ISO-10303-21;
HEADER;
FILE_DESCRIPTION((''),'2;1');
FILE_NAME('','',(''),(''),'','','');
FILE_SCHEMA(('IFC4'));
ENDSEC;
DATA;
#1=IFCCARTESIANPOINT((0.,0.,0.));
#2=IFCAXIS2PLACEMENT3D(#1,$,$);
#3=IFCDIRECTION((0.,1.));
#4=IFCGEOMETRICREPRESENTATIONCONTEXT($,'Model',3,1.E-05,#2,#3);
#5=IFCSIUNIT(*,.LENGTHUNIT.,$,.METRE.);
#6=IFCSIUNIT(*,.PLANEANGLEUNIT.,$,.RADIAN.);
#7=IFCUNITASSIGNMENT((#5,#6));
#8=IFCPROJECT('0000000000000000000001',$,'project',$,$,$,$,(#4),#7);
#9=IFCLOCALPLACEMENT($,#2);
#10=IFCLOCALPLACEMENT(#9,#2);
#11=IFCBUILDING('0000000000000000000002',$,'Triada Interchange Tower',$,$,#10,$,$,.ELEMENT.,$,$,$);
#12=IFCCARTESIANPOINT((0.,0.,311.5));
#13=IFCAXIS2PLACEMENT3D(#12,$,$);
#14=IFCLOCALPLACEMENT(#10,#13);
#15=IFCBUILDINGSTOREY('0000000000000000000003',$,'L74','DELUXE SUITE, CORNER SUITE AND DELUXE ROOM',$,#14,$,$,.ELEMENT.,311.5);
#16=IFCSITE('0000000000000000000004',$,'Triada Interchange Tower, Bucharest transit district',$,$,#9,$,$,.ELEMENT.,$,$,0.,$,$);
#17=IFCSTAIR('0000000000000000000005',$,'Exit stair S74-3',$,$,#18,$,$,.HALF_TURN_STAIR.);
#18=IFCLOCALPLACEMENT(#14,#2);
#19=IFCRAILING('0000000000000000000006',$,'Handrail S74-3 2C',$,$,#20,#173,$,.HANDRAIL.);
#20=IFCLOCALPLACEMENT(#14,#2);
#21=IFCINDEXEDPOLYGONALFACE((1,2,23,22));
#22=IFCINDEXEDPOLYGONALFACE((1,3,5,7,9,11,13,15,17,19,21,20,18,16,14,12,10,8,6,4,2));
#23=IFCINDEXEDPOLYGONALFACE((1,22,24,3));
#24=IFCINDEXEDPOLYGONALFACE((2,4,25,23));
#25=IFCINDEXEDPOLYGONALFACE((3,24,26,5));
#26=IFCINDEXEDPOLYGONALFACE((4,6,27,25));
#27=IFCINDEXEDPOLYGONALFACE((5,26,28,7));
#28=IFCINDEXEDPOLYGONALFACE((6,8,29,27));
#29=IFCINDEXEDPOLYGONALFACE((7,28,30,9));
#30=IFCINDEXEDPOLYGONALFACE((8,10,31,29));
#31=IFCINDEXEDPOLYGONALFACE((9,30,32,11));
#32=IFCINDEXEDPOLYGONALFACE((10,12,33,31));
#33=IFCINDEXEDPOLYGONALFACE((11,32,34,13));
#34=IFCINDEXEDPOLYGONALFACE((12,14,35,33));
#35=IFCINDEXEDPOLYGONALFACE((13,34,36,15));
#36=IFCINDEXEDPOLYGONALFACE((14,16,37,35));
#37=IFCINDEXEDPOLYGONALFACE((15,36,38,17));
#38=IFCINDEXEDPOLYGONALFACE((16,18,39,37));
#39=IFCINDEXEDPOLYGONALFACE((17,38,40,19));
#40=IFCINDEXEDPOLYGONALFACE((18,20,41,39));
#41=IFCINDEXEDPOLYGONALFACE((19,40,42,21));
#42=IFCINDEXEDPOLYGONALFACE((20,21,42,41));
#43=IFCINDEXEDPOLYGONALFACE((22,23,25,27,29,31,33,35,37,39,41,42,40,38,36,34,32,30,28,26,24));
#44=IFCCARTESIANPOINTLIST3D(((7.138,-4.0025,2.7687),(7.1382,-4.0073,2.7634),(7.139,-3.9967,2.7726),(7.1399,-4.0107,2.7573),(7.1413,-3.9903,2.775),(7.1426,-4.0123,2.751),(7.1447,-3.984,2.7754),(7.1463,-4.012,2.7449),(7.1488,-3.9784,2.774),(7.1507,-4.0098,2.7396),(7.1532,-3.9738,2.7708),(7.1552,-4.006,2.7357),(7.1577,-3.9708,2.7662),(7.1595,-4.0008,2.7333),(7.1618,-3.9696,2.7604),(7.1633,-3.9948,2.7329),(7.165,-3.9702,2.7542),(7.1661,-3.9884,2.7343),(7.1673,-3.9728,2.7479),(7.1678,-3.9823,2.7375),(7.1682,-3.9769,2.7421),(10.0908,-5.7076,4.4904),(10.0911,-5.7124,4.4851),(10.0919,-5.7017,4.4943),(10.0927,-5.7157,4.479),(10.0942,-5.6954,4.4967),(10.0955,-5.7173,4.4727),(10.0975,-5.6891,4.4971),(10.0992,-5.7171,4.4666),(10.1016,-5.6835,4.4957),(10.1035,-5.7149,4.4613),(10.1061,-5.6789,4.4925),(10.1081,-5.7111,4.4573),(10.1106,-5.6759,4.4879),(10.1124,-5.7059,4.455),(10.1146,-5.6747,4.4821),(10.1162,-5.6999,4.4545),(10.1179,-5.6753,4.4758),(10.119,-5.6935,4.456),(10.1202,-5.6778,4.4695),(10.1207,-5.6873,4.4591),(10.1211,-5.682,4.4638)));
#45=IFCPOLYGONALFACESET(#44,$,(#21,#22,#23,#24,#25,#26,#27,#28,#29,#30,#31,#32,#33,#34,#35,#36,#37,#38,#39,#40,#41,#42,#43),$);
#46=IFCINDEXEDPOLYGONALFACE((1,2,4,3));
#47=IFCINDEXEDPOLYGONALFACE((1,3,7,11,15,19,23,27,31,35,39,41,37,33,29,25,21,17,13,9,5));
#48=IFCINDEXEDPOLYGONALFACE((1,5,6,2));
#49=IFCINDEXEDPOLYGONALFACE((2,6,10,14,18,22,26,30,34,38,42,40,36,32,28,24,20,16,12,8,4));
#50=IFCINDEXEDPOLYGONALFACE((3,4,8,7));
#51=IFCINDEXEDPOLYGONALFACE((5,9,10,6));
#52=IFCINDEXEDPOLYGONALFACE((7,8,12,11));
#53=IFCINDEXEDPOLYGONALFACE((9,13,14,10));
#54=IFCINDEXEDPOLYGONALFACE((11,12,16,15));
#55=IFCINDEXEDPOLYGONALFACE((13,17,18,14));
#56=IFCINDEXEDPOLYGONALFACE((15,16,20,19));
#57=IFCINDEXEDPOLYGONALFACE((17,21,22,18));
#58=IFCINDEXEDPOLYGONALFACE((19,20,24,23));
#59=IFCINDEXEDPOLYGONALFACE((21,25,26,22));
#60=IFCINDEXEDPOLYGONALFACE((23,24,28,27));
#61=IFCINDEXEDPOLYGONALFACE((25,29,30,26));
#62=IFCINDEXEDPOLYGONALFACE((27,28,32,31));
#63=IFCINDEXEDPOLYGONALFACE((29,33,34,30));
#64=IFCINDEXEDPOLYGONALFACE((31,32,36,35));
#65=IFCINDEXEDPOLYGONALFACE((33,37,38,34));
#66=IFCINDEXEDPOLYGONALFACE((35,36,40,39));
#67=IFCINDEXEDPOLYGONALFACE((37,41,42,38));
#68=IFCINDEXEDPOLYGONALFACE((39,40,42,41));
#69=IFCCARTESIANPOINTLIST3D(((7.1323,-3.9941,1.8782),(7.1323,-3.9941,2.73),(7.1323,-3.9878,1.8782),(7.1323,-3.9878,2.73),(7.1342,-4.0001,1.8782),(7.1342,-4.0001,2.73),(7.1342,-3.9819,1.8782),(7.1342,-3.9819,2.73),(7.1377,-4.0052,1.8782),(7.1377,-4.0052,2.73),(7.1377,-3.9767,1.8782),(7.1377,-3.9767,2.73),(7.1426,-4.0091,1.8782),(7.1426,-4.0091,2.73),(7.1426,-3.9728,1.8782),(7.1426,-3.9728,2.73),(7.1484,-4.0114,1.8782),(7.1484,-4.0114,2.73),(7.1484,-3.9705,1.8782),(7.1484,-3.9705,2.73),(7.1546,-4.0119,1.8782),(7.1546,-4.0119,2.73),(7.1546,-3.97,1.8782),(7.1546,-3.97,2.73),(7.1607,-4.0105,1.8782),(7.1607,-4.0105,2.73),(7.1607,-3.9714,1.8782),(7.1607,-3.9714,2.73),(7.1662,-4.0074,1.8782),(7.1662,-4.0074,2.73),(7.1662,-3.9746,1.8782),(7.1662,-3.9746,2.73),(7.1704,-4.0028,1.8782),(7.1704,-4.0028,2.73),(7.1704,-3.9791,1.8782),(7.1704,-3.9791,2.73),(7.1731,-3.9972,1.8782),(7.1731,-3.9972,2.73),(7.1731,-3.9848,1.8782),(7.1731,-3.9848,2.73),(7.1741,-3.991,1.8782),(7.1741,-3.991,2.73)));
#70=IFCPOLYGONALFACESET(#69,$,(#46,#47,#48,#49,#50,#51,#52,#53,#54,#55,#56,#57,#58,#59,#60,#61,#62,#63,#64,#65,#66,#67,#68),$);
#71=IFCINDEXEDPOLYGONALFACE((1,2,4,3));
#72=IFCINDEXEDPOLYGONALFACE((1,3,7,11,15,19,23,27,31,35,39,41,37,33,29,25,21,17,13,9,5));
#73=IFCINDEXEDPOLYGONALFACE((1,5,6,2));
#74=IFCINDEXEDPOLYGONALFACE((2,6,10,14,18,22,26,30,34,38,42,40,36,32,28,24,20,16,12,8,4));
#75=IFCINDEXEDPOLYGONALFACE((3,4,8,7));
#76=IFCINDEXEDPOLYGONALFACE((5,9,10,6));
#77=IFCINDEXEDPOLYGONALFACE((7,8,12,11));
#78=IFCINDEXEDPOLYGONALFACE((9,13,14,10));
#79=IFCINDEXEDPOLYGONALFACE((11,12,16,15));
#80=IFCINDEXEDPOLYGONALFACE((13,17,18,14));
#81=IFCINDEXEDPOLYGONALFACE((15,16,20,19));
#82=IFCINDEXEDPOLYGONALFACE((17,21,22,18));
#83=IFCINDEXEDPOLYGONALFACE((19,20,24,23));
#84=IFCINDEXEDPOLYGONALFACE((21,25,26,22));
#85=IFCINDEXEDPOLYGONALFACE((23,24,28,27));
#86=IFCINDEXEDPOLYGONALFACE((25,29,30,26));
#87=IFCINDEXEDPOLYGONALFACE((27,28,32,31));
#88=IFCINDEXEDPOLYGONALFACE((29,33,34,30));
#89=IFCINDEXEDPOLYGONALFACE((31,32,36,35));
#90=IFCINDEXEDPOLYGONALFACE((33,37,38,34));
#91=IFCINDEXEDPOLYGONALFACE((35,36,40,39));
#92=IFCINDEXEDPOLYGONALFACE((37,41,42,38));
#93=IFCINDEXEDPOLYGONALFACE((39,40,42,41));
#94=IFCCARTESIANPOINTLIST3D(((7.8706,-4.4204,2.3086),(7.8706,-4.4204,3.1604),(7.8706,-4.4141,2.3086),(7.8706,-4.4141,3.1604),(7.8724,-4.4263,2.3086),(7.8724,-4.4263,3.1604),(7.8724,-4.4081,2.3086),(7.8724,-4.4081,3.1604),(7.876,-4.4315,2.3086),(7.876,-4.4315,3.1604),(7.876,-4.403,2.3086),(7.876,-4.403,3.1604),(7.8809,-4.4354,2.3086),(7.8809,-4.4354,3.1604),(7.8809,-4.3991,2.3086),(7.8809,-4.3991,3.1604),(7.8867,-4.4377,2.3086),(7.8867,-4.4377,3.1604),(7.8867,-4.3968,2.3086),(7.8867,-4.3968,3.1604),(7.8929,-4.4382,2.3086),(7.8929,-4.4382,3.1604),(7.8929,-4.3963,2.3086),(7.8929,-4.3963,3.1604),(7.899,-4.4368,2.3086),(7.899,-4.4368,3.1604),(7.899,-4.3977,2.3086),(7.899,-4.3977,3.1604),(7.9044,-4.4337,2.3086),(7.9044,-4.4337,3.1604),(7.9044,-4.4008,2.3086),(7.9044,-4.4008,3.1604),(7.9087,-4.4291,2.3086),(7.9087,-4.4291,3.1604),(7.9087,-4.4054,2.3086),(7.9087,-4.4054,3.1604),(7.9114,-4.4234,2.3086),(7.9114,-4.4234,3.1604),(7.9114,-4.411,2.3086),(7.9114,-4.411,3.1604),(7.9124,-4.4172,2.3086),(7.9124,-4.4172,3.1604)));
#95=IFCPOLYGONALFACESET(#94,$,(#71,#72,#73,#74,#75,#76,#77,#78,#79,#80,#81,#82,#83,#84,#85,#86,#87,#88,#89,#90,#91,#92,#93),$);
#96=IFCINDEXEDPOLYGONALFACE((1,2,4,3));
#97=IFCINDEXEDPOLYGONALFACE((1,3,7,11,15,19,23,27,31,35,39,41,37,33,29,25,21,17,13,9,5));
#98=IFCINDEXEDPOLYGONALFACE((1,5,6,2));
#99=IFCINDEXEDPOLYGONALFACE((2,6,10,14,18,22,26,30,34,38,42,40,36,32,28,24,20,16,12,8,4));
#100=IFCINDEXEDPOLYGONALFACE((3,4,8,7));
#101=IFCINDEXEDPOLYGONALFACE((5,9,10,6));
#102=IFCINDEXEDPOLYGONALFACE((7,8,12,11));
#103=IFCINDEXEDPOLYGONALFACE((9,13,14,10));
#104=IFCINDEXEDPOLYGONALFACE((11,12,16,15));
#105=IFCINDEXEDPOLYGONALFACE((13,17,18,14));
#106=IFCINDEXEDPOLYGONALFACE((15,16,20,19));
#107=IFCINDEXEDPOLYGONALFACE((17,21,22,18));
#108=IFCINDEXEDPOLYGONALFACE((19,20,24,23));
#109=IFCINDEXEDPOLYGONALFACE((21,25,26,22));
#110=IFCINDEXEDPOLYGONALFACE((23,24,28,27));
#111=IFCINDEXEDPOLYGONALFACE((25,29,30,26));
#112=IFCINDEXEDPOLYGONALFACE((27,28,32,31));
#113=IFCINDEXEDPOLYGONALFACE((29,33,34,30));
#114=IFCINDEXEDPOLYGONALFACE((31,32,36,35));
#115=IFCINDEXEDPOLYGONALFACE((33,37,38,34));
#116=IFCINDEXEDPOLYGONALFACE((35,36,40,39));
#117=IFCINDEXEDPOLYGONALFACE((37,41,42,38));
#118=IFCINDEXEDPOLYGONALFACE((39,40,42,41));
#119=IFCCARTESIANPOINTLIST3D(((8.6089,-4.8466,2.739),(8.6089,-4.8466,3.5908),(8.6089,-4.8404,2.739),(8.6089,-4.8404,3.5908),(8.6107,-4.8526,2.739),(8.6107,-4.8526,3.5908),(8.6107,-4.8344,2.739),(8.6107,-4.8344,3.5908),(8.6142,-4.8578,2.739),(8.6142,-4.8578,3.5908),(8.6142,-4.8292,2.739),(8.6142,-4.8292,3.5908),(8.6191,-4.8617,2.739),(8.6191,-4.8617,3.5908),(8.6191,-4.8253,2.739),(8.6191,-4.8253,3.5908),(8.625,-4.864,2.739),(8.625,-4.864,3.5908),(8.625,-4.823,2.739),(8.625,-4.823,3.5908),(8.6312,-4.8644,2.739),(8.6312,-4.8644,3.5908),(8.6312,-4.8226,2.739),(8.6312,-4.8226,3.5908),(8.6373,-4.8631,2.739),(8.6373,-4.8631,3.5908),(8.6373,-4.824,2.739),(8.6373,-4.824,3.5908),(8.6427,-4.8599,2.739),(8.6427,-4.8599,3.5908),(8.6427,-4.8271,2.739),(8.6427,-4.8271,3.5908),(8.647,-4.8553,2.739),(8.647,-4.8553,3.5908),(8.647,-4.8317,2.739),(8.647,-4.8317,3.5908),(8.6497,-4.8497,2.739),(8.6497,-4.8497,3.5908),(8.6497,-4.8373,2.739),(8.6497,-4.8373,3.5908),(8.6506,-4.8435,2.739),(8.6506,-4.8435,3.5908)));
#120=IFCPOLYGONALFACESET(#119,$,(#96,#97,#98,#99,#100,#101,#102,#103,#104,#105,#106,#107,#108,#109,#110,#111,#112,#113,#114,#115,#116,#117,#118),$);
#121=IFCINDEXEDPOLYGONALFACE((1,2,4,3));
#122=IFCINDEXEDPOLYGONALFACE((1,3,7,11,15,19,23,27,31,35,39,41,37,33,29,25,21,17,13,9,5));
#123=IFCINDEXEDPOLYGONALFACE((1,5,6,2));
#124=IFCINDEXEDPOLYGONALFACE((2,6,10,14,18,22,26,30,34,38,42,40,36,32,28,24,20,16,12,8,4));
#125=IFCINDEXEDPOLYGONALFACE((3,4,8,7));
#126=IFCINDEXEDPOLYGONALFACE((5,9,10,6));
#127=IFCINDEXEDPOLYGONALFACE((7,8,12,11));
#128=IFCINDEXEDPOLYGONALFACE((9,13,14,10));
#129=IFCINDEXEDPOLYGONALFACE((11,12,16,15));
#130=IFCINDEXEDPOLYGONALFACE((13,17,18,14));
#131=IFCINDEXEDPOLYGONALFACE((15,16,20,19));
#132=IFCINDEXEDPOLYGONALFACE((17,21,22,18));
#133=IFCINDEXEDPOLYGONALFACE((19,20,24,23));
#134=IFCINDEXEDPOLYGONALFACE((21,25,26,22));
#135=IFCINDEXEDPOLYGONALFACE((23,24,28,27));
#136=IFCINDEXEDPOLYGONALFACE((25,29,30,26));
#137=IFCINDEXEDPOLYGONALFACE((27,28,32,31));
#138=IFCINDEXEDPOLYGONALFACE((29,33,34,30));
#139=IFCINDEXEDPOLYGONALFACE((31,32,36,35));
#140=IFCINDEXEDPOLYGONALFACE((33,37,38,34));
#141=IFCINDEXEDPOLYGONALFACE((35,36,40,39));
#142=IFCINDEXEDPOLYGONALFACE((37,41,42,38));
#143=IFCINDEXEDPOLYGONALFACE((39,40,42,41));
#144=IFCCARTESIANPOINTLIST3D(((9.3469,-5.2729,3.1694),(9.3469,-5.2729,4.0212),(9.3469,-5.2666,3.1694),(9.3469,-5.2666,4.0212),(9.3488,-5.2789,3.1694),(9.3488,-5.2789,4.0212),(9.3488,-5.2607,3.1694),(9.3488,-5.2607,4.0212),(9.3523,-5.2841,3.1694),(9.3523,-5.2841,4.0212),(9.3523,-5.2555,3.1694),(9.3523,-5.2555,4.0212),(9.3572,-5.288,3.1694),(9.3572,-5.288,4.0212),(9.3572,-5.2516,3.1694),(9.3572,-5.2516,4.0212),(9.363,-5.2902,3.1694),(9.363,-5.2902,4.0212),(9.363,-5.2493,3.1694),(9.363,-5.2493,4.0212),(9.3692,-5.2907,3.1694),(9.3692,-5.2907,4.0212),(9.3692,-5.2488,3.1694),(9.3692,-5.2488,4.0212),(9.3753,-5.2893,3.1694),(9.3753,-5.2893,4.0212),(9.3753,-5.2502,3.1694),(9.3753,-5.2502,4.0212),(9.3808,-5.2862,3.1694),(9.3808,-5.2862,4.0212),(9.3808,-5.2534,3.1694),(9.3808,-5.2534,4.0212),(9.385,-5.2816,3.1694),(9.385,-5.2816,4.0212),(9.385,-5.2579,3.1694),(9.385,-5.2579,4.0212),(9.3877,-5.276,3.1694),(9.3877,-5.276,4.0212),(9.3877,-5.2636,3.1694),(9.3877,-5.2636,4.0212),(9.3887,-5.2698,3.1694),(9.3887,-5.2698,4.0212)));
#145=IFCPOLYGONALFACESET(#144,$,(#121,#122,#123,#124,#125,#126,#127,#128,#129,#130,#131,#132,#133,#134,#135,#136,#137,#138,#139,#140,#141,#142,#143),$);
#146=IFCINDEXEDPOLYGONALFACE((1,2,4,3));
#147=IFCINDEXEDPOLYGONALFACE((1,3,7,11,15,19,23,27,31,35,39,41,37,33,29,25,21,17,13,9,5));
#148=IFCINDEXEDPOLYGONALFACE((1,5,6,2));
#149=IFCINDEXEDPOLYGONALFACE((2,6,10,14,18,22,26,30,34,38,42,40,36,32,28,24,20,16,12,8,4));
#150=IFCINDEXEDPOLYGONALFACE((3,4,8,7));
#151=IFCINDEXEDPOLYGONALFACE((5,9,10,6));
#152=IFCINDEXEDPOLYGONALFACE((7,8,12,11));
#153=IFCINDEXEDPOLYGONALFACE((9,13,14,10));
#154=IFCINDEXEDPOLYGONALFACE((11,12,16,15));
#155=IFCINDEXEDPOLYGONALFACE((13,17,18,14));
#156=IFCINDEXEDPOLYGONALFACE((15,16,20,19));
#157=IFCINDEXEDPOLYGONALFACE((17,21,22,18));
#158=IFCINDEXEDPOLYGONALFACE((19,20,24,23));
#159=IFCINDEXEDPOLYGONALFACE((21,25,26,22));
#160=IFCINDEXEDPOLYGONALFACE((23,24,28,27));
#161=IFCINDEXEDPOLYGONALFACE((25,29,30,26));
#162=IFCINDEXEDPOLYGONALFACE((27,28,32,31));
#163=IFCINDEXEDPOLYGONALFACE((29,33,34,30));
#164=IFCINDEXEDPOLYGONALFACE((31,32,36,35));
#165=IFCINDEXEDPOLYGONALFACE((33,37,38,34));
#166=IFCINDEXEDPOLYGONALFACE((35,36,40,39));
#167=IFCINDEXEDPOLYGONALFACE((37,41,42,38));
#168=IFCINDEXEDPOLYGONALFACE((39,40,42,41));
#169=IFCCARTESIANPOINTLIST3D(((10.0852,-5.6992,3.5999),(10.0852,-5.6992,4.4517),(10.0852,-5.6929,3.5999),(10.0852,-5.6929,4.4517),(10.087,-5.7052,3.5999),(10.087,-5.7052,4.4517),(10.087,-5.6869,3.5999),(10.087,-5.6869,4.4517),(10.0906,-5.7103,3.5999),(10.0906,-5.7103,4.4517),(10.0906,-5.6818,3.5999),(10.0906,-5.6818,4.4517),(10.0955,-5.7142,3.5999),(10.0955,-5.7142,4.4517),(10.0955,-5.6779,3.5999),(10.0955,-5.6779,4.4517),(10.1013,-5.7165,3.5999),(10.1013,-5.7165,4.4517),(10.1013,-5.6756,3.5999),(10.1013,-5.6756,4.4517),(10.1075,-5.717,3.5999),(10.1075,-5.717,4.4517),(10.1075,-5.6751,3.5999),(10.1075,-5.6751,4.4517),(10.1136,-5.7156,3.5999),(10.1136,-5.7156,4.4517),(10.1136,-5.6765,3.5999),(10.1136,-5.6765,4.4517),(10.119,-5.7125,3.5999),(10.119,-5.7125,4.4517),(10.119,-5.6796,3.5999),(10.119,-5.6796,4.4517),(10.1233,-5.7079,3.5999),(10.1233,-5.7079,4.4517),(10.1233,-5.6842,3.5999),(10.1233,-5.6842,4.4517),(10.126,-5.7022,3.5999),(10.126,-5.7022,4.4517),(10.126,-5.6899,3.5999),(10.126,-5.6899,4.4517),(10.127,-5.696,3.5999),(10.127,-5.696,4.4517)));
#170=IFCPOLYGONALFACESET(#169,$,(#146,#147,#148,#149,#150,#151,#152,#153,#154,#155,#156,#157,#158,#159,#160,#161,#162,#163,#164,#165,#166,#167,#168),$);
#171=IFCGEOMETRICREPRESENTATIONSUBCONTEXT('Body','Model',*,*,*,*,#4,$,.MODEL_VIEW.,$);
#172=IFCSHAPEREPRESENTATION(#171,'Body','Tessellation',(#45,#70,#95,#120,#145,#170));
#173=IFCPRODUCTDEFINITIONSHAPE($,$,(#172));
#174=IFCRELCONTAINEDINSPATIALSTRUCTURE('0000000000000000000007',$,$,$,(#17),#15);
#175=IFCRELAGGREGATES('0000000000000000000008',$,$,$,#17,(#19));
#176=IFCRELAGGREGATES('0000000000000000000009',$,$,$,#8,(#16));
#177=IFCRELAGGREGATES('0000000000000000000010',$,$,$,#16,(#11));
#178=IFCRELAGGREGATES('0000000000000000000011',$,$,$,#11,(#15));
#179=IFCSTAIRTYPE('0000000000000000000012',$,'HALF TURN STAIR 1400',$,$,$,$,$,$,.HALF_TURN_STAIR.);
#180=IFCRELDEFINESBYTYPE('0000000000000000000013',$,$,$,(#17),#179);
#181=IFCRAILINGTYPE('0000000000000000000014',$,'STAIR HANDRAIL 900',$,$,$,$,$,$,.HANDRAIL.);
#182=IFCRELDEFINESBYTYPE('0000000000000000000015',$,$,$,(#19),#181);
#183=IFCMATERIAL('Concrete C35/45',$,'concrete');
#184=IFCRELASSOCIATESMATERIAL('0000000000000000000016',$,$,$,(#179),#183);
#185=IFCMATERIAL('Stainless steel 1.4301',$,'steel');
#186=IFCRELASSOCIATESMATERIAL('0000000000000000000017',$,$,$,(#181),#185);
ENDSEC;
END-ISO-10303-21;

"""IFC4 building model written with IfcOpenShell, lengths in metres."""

from ifc_helpers import new_model, si_unit, direction, frame, origin, origin_2d, place, context, subcontext, project, spatial, circle, extrude, material, type_object, element, aggregate, save


model = new_model("IFC4")

# Units and contexts
model_context = context("Model", 3, precision=1e-05, world=origin(), true_north=direction((0.0, 1.0)))
body_context = subcontext(model_context, "Body", "Model", "MODEL_VIEW")
ifc_project = project(units=[si_unit("LENGTHUNIT", "METRE"), si_unit("PLANEANGLEUNIT", "RADIAN")], contexts=[model_context])

# Site, building, storey
site_placement = place(None, origin())
site = spatial("IfcSite", under=ifc_project, at=site_placement, Name="Triada Interchange Tower, Bucharest transit district", CompositionType="ELEMENT", RefElevation=0.0)
building_placement = place(site_placement, origin())
building = spatial("IfcBuilding", under=site, at=building_placement, Name="Triada Interchange Tower", CompositionType="ELEMENT")
storey_placement = place(building_placement, frame((0.0, 0.0, 311.5)))
storey = spatial("IfcBuildingStorey", under=building, at=storey_placement, Name="L74", Description="DELUXE SUITE, CORNER SUITE AND DELUXE ROOM", CompositionType="ELEMENT", Elevation=311.5)

# Stair, railing
ifc_material_1 = material(Name="Concrete C35/45", Category="concrete")
stair_type = type_object("IfcStairType", Name="HALF TURN STAIR 1400", PredefinedType="HALF_TURN_STAIR", material=ifc_material_1)
stair_placement = place(storey_placement, origin())
stair = element("IfcStair", 1, at=stair_placement, inside=storey, type_object=stair_type, Name="Exit stair S74-3", PredefinedType="HALF_TURN_STAIR")
ifc_material_2 = material(Name="Stainless steel 1.4301", Category="steel")
railing_type = type_object("IfcRailingType", Name="STAIR HANDRAIL 900", PredefinedType="HANDRAIL", material=ifc_material_2)
railing_1_placement = place(storey_placement, frame((7.1531, -3.991, 1.8782)))
railing_1 = element("IfcRailing", 2, at=railing_1_placement, type_object=railing_type, Name="Handrail S74-3 2C", PredefinedType="HANDRAIL", context=body_context, shape_type="SweptSolid", body=[
    extrude(circle(Radius=0.0239, at=origin_2d()), frame((0.0, 0.0, 0.876), z_axis=(0.773043, -0.446377, 0.450723), x_axis=(0.500051, 0.865996, 0.0)), (0.0, 0.0, 1.0), 3.8198),
    extrude(circle(Radius=0.021, at=origin_2d()), origin(), (0.0, 0.0, 1.0), 0.8518),
    extrude(circle(Radius=0.021, at=origin_2d()), frame((0.7383, -0.4263, 0.4304)), (0.0, 0.0, 1.0), 0.8518),
    extrude(circle(Radius=0.021, at=origin_2d()), frame((1.4766, -0.8525, 0.8608)), (0.0, 0.0, 1.0), 0.8518),
    extrude(circle(Radius=0.021, at=origin_2d()), frame((2.2146, -1.2788, 1.2913)), (0.0, 0.0, 1.0), 0.8518),
    extrude(circle(Radius=0.021, at=origin_2d()), frame((2.9529, -1.7051, 1.7217)), (0.0, 0.0, 1.0), 0.8518),
])
aggregate(stair, [railing_1])

save(model, "model.ifc")
